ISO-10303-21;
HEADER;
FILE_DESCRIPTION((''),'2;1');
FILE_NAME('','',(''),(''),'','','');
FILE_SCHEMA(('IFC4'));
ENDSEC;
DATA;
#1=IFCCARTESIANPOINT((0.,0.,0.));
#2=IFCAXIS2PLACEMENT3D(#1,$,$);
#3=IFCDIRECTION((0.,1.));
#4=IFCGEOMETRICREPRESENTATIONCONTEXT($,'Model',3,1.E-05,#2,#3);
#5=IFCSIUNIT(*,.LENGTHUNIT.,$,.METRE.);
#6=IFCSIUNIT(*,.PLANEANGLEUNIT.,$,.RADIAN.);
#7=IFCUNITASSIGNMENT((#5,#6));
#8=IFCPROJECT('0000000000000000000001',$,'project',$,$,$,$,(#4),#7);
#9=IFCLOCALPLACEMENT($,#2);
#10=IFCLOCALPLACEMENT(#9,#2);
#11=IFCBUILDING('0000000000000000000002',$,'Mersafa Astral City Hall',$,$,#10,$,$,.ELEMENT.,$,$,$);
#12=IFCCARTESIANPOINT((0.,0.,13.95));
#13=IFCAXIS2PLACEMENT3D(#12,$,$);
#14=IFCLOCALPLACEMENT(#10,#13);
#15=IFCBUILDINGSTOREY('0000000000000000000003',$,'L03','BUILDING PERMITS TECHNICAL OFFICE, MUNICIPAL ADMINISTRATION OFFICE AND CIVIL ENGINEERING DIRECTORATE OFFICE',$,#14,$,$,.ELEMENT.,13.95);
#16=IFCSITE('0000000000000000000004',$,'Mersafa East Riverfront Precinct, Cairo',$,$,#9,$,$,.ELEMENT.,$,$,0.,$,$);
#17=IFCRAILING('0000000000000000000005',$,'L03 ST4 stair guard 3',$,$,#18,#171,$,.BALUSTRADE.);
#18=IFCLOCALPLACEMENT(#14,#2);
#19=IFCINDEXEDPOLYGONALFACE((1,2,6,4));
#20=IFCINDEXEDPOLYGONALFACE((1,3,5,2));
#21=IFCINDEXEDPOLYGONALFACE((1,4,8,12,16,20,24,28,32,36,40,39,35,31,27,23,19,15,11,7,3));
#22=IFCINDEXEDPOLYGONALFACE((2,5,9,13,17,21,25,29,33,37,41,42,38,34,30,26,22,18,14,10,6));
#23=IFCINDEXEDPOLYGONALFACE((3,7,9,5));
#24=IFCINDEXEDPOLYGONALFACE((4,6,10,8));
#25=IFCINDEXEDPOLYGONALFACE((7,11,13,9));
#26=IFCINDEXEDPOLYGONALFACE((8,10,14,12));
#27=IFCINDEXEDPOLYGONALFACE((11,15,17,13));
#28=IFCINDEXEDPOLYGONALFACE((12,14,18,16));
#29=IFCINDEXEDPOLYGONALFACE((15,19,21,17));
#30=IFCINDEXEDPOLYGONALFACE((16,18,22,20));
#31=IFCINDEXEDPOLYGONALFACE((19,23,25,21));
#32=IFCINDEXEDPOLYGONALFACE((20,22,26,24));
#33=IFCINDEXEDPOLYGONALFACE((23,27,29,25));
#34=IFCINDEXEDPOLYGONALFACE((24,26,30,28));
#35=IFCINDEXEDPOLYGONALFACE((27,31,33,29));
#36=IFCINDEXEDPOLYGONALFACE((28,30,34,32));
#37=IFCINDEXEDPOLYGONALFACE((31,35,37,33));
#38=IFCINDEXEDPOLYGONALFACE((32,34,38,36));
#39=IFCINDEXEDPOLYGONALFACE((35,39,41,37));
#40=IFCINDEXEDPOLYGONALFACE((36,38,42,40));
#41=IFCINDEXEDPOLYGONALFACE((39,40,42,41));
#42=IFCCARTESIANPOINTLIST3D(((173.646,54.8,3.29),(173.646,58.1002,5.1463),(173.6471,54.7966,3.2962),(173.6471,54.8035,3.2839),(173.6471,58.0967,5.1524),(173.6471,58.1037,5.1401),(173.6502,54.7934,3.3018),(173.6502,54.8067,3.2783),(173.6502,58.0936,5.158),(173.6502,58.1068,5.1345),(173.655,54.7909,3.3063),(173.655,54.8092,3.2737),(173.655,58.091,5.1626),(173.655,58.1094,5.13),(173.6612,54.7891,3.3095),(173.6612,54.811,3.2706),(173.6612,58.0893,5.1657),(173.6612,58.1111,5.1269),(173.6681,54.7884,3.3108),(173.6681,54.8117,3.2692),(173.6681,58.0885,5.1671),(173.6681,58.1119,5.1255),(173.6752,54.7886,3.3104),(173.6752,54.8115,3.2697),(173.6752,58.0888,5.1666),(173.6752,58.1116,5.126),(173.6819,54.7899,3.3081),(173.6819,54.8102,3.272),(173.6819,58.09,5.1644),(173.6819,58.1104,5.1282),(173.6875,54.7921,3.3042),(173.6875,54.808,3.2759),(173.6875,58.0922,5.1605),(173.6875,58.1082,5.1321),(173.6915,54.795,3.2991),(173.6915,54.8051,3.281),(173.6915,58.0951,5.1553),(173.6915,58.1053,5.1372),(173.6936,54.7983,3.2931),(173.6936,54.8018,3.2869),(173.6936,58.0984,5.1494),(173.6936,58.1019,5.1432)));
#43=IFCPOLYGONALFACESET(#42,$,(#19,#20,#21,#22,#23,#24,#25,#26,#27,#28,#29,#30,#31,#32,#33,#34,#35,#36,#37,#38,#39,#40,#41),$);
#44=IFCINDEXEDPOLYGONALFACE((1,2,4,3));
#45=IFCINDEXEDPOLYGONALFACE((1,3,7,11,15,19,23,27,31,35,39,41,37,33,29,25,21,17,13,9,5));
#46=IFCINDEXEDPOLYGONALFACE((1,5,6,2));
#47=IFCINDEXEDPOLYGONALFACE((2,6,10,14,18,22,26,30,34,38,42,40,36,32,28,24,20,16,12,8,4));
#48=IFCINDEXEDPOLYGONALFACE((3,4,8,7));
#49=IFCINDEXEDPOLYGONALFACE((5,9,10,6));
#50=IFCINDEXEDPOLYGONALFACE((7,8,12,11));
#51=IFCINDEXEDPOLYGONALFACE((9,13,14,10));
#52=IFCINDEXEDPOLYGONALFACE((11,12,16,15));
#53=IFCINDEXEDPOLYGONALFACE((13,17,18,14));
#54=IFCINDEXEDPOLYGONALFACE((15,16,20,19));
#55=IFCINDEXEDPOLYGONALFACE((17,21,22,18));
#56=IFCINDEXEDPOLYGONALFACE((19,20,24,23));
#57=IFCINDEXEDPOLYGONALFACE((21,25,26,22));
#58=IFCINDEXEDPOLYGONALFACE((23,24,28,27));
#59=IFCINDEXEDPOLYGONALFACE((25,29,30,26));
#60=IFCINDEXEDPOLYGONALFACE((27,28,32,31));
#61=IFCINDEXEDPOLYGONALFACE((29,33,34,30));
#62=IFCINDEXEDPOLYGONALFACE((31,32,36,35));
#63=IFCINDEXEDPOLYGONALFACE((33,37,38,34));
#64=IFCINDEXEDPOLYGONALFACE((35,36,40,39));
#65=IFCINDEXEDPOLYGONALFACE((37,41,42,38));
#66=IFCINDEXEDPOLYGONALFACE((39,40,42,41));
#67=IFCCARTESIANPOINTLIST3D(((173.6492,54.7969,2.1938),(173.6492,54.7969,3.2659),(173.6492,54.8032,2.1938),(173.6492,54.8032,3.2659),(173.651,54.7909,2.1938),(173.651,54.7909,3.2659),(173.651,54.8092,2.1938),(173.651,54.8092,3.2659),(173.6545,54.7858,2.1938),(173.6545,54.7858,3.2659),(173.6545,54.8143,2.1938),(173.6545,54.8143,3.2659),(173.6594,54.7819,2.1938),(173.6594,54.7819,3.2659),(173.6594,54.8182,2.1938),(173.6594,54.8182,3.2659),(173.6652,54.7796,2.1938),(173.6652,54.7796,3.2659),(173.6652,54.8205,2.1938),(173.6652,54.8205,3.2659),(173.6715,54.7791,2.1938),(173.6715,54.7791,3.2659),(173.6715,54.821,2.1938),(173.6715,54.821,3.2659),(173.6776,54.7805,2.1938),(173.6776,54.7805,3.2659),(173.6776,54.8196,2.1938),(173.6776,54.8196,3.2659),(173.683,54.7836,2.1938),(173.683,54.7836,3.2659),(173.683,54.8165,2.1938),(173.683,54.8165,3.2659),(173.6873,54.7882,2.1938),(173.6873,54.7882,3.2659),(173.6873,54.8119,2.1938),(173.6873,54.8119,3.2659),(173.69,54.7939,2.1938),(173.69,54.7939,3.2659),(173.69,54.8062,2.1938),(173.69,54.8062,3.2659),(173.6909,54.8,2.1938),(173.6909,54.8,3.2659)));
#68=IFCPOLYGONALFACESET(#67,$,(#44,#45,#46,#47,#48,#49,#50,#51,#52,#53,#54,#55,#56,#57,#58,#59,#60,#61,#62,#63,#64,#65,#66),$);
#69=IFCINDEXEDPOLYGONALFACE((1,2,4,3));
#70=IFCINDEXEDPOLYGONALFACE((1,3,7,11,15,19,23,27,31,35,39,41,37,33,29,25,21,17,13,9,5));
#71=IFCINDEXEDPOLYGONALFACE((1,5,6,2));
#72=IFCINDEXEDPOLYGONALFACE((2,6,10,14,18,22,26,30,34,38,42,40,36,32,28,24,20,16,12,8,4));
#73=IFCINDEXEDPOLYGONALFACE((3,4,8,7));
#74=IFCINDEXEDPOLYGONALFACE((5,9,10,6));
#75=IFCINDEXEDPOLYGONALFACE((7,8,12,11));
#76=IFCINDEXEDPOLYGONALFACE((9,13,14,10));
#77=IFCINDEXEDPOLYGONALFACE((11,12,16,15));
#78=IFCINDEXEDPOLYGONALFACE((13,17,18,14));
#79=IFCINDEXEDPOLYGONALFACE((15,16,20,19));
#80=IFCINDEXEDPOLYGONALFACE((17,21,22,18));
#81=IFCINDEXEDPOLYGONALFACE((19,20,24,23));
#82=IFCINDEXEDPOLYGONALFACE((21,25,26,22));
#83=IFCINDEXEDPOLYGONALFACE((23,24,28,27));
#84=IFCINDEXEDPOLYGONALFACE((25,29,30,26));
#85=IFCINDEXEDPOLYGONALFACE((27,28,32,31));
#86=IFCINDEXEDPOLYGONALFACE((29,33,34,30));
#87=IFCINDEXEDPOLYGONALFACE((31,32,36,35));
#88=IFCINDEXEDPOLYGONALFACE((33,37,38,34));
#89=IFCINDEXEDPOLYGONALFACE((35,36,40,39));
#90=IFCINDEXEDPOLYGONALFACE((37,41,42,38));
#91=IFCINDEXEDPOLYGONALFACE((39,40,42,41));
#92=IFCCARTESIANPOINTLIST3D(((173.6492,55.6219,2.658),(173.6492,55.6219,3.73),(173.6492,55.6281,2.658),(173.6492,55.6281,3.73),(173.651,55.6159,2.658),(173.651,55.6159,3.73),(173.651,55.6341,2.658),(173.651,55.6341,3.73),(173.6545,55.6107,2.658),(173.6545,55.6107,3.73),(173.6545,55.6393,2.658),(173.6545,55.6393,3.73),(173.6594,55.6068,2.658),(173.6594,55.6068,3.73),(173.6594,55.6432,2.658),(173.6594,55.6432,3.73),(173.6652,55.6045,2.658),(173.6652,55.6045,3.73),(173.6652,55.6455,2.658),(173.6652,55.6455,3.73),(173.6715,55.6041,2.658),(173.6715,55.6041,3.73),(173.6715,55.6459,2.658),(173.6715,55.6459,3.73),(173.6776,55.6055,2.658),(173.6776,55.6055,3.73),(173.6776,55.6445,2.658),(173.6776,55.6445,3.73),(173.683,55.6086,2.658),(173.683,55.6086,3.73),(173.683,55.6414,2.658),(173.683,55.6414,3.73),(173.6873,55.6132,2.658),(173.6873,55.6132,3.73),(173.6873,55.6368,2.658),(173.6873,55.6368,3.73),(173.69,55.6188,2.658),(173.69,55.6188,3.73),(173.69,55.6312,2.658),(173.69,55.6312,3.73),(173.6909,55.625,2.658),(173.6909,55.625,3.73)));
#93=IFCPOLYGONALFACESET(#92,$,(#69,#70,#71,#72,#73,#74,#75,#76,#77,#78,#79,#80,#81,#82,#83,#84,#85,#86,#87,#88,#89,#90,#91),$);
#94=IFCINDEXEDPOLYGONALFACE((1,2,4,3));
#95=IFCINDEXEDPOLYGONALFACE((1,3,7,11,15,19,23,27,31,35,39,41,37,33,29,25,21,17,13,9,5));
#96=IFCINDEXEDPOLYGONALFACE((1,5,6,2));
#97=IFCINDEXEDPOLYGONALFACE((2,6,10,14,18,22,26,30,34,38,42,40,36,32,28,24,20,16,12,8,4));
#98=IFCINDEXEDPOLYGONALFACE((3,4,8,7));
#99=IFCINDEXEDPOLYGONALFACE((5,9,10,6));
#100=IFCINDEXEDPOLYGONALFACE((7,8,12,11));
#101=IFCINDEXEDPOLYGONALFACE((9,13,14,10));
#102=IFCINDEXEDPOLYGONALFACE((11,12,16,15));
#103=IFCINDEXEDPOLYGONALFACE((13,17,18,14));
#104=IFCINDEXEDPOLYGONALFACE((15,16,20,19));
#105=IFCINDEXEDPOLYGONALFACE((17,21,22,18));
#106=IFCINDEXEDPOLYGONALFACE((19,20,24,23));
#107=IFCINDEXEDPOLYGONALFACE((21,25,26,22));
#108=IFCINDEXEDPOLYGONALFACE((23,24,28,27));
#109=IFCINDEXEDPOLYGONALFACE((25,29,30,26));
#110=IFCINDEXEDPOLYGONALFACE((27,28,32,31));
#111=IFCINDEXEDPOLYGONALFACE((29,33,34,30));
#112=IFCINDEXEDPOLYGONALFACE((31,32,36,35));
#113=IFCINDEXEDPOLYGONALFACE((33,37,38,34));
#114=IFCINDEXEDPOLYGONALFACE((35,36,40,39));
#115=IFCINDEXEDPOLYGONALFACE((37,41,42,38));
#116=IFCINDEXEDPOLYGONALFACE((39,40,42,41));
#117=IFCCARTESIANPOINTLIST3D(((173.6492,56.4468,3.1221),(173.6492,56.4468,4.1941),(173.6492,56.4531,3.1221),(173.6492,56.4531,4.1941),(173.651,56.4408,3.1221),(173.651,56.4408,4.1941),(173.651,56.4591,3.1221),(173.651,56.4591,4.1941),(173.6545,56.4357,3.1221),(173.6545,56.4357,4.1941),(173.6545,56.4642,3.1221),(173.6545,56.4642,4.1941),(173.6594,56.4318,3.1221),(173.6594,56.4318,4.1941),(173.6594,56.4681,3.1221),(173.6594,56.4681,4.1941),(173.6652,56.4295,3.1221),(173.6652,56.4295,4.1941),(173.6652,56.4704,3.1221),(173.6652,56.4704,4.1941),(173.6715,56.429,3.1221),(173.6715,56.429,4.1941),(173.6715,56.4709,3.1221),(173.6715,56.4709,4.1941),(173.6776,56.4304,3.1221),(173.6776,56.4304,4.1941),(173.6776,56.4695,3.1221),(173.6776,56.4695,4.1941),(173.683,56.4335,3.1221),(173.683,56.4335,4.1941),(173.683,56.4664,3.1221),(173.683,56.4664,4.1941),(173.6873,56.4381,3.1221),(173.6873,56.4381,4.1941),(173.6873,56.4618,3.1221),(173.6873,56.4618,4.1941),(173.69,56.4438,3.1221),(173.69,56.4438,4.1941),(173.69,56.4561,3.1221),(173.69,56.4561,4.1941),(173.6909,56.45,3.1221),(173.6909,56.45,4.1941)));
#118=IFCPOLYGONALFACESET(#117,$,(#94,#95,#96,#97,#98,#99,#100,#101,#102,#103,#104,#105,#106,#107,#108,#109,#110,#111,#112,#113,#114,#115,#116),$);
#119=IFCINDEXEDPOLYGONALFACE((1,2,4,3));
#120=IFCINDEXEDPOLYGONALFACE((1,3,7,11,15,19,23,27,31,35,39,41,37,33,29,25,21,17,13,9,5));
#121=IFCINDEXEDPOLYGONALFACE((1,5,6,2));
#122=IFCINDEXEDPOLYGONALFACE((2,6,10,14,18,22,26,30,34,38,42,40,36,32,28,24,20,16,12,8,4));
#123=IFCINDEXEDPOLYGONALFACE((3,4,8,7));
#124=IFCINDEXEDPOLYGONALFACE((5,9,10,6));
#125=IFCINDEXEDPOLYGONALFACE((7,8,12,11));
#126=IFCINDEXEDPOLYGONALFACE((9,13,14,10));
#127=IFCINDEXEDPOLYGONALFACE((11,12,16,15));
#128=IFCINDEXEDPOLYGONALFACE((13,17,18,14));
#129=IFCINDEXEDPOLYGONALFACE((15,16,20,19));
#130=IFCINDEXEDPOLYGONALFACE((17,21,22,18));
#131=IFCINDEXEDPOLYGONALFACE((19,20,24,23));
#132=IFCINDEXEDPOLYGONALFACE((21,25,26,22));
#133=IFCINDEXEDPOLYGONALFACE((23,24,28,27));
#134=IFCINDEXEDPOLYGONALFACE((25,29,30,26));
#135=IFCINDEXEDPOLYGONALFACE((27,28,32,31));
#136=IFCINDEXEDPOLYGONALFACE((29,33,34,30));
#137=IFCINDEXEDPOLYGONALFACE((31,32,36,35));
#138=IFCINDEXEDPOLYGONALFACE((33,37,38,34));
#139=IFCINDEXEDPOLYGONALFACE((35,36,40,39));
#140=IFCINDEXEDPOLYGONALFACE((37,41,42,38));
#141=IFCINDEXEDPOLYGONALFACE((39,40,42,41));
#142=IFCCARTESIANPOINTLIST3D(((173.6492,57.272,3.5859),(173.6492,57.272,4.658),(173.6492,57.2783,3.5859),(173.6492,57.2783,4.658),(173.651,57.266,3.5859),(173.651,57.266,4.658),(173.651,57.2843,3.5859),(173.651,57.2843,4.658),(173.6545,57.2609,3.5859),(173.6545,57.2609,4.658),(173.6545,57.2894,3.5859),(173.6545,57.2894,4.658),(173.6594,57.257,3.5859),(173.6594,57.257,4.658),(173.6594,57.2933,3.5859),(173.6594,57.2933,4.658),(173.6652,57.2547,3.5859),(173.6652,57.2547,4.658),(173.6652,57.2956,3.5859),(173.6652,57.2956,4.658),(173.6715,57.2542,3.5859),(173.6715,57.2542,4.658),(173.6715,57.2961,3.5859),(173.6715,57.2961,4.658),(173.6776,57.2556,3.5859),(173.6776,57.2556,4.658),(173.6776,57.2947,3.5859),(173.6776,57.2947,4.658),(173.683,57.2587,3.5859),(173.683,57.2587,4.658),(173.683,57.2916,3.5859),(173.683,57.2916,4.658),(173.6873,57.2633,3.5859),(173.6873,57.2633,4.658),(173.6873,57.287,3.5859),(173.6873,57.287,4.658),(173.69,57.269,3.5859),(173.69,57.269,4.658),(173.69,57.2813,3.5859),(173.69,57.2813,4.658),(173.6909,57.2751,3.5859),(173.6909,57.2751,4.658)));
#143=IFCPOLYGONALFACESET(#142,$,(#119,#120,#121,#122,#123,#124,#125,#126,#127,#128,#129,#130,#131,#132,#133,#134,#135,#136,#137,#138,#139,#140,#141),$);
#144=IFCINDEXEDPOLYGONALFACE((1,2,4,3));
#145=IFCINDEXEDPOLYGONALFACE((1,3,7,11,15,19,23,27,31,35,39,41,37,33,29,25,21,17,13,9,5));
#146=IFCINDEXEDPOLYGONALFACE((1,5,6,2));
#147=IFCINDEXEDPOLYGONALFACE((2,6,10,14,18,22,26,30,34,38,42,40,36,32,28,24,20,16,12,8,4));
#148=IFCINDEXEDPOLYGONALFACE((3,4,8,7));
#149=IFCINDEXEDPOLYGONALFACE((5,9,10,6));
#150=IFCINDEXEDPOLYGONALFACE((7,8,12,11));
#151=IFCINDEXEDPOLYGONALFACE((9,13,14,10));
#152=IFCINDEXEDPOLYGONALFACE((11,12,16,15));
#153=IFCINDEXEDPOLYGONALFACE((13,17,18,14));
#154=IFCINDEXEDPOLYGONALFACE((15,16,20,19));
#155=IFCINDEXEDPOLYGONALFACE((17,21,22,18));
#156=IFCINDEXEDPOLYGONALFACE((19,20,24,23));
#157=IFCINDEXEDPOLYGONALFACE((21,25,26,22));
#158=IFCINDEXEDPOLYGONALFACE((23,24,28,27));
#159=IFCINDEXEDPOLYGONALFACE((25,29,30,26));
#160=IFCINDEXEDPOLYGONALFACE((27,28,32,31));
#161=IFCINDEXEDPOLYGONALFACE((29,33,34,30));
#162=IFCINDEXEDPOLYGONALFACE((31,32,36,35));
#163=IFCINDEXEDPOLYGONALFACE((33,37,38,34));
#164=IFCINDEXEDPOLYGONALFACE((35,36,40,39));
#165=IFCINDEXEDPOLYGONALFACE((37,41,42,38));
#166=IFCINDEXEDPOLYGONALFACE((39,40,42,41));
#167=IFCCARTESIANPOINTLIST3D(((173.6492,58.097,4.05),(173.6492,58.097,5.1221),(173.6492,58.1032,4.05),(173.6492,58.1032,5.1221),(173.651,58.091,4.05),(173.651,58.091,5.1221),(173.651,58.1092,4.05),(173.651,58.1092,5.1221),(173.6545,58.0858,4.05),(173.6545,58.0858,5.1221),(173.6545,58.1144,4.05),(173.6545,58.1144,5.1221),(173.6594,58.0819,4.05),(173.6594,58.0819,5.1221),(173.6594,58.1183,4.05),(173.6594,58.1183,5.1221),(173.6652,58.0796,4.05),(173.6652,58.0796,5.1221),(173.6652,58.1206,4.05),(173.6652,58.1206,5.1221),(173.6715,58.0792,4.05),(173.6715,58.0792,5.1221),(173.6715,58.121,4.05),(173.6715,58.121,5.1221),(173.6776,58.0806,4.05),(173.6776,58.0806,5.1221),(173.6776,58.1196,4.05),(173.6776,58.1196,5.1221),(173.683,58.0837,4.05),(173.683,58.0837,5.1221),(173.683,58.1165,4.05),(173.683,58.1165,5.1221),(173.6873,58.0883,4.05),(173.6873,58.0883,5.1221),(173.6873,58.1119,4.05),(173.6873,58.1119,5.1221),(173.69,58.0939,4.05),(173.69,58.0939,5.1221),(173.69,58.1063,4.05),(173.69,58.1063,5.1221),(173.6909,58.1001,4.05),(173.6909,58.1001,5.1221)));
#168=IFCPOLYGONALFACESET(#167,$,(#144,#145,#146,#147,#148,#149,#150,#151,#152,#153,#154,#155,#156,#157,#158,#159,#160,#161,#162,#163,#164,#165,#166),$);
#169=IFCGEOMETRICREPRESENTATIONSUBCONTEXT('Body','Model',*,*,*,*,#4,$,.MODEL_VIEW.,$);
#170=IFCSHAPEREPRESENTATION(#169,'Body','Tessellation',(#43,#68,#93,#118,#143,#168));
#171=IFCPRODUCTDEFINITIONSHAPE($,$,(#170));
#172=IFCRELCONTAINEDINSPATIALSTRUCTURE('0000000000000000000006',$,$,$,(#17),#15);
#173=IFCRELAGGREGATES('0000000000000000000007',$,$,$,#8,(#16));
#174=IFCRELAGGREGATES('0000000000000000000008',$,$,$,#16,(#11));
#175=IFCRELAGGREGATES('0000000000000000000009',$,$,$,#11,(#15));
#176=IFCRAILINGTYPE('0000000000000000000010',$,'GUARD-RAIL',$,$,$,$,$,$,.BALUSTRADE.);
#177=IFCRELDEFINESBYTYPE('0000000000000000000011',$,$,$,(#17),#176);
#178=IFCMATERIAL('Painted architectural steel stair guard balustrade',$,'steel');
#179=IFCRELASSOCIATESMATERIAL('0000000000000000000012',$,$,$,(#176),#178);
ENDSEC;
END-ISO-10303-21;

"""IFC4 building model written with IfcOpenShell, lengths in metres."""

from ifc_helpers import new_model, si_unit, direction, frame, origin, origin_2d, place, context, subcontext, project, spatial, circle, extrude, material, type_object, element, save


model = new_model("IFC4")

# Units and contexts
model_context = context("Model", 3, precision=1e-05, world=origin(), true_north=direction((0.0, 1.0)))
body_context = subcontext(model_context, "Body", "Model", "MODEL_VIEW")
ifc_project = project(units=[si_unit("LENGTHUNIT", "METRE"), si_unit("PLANEANGLEUNIT", "RADIAN")], contexts=[model_context])

# Site, building, storey
site_placement = place(None, origin())
site = spatial("IfcSite", under=ifc_project, at=site_placement, Name="Mersafa East Riverfront Precinct, Cairo", CompositionType="ELEMENT", RefElevation=0.0)
building_placement = place(site_placement, origin())
building = spatial("IfcBuilding", under=site, at=building_placement, Name="Mersafa Astral City Hall", CompositionType="ELEMENT")
storey_placement = place(building_placement, frame((0.0, 0.0, 13.95)))
storey = spatial("IfcBuildingStorey", under=building, at=storey_placement, Name="L03", Description="BUILDING PERMITS TECHNICAL OFFICE, MUNICIPAL ADMINISTRATION OFFICE AND CIVIL ENGINEERING DIRECTORATE OFFICE", CompositionType="ELEMENT", Elevation=13.95)

# Railing
ifc_material_1 = material(Name="Painted architectural steel stair guard balustrade", Category="steel")
railing_type = type_object("IfcRailingType", Name="GUARD-RAIL", PredefinedType="BALUSTRADE", material=ifc_material_1)
railing_1_placement = place(storey_placement, frame((173.6699, 54.8, 2.1938)))
element("IfcRailing", 1, at=railing_1_placement, inside=storey, type_object=railing_type, Name="L03 ST4 stair guard 3", PredefinedType="BALUSTRADE", context=body_context, shape_type="SweptSolid", body=[
    extrude(circle(Radius=0.0239, at=origin_2d()), frame((0.0, 0.0, 1.0962), z_axis=(0.0, 0.871584, 0.490246), x_axis=(-1.0, 0.0, 0.0)), (0.0, 0.0, 1.0), 3.7864),
    extrude(circle(Radius=0.021, at=origin_2d()), origin(), (0.0, 0.0, 1.0), 1.072),
    extrude(circle(Radius=0.021, at=origin_2d()), frame((0.0, 0.825, 0.4641)), (0.0, 0.0, 1.0), 1.072),
    extrude(circle(Radius=0.021, at=origin_2d()), frame((0.0, 1.6499, 0.9282)), (0.0, 0.0, 1.0), 1.072),
    extrude(circle(Radius=0.021, at=origin_2d()), frame((0.0, 2.4751, 1.3921)), (0.0, 0.0, 1.0), 1.072),
    extrude(circle(Radius=0.021, at=origin_2d()), frame((0.0, 3.3, 1.8562)), (0.0, 0.0, 1.0), 1.072),
])

save(model, "model.ifc")
